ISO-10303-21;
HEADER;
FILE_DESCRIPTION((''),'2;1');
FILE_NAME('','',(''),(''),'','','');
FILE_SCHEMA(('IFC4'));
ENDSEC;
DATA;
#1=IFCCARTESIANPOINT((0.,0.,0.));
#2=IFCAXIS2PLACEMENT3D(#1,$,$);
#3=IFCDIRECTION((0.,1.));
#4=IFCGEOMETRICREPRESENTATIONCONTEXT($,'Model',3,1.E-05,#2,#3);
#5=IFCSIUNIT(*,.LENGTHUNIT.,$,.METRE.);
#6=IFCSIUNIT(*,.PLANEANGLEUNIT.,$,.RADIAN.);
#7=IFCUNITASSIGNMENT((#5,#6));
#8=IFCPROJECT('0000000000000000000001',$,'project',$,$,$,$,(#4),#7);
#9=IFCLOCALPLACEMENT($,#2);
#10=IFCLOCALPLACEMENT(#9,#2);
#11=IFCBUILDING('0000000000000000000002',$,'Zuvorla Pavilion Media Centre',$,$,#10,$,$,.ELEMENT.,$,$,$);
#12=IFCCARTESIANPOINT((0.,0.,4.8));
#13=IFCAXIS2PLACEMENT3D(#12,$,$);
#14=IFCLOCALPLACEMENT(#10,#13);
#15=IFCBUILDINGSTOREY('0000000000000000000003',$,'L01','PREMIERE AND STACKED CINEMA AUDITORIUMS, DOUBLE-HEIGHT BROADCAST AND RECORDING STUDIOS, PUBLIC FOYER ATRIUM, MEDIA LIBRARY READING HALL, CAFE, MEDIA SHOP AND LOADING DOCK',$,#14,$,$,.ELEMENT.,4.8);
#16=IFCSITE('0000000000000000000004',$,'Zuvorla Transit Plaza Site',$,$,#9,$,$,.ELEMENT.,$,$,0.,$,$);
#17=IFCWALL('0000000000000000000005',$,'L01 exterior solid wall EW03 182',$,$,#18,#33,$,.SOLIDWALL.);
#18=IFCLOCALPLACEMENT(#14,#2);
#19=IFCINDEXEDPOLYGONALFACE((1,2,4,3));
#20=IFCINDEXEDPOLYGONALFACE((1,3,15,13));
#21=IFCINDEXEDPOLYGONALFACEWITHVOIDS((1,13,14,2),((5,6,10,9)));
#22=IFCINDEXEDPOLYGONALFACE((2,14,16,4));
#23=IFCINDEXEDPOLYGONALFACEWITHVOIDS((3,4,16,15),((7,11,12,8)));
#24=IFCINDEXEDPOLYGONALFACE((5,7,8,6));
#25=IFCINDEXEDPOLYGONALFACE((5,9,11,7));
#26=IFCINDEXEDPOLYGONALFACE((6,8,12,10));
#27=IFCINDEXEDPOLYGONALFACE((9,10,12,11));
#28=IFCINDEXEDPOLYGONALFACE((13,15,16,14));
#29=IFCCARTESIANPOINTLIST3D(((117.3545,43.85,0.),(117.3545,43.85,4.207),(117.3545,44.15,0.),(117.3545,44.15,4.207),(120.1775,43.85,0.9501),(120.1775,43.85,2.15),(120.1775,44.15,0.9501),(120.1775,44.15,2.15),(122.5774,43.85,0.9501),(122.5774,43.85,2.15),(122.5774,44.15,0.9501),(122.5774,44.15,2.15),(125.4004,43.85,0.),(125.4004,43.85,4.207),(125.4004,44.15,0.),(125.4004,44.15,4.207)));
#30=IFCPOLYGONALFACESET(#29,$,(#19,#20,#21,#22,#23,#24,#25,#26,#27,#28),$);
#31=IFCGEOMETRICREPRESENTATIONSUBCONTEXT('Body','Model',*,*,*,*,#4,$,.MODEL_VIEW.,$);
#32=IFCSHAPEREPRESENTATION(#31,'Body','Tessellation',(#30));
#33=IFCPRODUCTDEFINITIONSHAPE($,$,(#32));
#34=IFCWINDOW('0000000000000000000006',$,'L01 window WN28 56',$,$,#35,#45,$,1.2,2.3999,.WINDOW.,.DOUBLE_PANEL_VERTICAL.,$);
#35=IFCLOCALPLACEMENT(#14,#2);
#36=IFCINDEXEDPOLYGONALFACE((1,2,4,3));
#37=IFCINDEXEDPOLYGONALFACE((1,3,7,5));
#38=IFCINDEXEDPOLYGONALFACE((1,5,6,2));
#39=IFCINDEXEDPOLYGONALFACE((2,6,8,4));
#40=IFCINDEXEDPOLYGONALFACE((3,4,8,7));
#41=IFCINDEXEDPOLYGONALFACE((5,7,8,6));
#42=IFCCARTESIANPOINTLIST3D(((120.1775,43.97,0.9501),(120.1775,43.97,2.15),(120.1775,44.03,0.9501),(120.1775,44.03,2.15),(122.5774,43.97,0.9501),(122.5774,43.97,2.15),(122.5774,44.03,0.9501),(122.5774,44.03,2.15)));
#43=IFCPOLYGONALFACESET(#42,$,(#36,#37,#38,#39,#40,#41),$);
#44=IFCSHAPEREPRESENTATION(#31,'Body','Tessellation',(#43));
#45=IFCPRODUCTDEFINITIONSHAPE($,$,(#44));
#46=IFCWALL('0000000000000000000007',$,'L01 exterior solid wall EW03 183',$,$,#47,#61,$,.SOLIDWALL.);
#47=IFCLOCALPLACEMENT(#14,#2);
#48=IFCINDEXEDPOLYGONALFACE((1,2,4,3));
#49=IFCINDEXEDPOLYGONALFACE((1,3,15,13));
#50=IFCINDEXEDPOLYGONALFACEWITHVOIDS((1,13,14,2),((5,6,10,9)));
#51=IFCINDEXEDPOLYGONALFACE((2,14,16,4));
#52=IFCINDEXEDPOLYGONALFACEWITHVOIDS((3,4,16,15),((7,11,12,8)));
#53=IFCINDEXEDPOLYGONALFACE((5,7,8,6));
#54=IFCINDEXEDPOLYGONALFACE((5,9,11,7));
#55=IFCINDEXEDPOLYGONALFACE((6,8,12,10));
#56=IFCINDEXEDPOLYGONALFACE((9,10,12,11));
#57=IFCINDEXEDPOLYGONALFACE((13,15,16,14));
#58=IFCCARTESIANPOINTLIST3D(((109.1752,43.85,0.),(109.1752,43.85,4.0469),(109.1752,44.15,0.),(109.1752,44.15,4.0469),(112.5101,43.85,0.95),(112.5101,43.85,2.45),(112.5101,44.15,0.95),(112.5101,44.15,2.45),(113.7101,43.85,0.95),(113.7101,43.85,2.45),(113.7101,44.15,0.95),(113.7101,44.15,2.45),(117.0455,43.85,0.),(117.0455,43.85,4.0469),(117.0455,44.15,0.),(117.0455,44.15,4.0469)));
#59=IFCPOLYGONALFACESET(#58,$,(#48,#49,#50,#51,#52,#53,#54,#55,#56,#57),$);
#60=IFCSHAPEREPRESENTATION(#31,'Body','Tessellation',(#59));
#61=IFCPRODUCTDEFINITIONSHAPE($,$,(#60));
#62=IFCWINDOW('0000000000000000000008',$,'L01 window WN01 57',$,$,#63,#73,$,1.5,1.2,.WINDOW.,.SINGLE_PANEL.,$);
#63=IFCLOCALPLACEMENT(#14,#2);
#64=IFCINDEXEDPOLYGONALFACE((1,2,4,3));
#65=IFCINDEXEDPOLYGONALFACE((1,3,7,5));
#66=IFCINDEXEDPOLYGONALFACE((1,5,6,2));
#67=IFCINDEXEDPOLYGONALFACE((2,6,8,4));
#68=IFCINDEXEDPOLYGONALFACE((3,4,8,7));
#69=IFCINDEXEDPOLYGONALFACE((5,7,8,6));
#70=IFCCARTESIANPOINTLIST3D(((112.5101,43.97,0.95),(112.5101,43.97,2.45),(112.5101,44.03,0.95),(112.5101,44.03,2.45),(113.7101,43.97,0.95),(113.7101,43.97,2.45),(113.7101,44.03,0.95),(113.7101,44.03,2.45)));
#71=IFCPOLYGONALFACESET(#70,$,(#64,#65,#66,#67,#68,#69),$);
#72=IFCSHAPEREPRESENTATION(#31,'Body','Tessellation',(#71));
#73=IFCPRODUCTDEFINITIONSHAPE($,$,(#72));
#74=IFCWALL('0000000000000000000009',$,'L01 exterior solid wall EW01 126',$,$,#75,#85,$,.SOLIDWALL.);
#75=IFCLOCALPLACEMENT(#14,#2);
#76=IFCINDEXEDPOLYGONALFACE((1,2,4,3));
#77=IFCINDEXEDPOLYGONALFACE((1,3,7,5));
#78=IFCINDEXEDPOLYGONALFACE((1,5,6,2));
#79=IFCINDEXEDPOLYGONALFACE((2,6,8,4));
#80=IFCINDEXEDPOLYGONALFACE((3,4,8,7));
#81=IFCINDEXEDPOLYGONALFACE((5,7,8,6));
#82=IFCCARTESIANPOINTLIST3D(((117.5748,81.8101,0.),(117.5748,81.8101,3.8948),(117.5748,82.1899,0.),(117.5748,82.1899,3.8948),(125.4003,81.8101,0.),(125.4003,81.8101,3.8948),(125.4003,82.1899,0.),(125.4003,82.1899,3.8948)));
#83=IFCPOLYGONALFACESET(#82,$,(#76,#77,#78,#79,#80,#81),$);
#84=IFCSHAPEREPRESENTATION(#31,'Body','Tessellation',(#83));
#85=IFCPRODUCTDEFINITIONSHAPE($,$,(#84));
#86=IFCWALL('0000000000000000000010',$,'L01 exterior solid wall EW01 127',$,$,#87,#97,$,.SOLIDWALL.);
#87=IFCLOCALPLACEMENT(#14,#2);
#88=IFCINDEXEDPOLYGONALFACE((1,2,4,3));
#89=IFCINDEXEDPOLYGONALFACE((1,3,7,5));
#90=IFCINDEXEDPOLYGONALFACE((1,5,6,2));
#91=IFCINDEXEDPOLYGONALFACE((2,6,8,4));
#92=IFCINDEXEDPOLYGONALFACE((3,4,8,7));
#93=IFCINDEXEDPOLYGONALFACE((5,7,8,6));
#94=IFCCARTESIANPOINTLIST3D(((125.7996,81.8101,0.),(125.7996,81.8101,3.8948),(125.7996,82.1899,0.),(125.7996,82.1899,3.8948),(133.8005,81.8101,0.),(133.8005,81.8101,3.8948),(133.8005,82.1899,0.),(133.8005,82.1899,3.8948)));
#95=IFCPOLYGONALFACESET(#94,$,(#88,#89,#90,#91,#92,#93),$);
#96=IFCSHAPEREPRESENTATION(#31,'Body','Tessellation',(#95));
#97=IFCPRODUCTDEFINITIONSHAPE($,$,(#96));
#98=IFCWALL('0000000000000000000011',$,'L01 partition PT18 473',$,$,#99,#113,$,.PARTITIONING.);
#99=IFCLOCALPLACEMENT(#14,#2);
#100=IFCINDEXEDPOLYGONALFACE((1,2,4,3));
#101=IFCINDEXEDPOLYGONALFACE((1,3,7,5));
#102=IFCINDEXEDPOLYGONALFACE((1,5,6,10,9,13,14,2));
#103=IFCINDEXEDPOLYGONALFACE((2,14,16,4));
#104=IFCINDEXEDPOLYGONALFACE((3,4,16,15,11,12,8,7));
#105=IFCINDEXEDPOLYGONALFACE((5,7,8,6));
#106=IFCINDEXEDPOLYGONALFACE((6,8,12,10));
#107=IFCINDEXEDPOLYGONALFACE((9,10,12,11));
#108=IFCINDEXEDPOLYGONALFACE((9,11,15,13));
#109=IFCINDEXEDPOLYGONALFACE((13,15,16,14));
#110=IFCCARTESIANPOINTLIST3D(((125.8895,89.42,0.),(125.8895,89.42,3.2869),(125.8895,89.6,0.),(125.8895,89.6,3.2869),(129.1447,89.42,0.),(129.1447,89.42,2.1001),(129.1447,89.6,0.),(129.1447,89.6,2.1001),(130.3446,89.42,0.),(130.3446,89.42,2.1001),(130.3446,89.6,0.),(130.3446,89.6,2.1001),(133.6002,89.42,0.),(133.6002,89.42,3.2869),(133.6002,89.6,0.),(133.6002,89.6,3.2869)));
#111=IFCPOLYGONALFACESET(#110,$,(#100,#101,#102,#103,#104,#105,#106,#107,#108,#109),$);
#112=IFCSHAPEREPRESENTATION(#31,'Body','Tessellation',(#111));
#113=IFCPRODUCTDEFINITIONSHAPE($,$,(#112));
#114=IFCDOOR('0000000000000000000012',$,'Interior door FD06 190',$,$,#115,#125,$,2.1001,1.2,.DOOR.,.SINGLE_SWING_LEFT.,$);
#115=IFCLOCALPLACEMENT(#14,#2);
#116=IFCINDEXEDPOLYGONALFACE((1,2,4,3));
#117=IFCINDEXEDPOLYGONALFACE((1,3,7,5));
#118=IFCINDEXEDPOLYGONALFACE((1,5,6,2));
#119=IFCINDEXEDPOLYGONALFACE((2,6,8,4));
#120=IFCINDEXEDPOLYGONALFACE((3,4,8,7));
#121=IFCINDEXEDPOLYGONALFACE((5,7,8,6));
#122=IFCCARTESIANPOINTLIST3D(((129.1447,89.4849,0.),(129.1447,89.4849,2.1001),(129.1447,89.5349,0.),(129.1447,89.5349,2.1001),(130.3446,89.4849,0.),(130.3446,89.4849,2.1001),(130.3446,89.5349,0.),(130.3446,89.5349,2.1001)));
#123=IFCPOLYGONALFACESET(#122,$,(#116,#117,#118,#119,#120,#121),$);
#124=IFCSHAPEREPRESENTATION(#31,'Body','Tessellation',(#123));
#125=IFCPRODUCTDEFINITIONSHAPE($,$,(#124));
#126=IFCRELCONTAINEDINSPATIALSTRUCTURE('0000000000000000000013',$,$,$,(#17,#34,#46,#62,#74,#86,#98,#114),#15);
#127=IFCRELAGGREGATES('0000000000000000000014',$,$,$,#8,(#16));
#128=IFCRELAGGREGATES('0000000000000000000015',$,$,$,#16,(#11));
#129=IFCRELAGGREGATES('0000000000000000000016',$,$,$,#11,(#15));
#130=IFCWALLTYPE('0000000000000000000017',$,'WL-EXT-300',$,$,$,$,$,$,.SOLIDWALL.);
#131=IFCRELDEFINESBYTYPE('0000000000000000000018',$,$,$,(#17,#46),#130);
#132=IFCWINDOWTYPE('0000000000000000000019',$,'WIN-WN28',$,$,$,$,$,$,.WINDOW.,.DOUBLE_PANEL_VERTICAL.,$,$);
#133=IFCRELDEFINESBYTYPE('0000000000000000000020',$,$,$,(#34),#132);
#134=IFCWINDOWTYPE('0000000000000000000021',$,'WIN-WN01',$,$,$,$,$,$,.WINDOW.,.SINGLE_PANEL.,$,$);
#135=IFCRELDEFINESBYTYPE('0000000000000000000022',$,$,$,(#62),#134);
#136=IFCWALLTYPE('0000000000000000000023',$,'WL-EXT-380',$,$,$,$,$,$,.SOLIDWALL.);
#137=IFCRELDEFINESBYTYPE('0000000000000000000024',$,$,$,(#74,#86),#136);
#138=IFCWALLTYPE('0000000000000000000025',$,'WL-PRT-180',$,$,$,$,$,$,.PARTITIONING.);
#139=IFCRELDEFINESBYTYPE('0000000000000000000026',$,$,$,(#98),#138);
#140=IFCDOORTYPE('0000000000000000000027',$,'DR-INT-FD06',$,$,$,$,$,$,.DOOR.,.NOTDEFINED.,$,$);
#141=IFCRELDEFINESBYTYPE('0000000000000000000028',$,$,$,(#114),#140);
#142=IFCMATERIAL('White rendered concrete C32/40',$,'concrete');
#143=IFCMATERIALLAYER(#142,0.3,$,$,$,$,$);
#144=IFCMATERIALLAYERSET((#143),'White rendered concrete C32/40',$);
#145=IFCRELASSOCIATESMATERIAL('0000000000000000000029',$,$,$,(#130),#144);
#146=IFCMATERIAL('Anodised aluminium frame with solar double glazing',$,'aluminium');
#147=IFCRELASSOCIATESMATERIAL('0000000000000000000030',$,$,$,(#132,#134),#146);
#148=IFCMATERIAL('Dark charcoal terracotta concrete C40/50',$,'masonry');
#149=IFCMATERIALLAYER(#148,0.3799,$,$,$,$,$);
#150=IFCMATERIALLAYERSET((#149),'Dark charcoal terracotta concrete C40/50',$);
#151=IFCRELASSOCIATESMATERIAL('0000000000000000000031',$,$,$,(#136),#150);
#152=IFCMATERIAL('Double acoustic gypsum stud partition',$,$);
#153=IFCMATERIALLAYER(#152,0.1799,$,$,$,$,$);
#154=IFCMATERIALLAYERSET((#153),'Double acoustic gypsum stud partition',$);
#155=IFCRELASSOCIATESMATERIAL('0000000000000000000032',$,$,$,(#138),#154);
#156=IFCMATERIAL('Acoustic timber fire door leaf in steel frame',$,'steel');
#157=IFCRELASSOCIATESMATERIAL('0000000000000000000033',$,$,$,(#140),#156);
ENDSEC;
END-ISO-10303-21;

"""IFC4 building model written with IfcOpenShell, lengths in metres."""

from ifc_helpers import new_model, si_unit, direction, frame, frame_2d, origin, place, context, subcontext, project, spatial, rectangle, extrude, material, layer, layer_set, type_object, element, fill, save


model = new_model("IFC4")

# Units and contexts
model_context = context("Model", 3, precision=1e-05, world=origin(), true_north=direction((0.0, 1.0)))
body_context = subcontext(model_context, "Body", "Model", "MODEL_VIEW")
ifc_project = project(units=[si_unit("LENGTHUNIT", "METRE"), si_unit("PLANEANGLEUNIT", "RADIAN")], contexts=[model_context])

# Site, building, storey
site_placement = place(None, origin())
site = spatial("IfcSite", under=ifc_project, at=site_placement, Name="Zuvorla Transit Plaza Site", CompositionType="ELEMENT", RefElevation=0.0)
building_placement = place(site_placement, origin())
building = spatial("IfcBuilding", under=site, at=building_placement, Name="Zuvorla Pavilion Media Centre", CompositionType="ELEMENT")
storey_placement = place(building_placement, frame((0.0, 0.0, 4.8)))
storey = spatial("IfcBuildingStorey", under=building, at=storey_placement, Name="L01", Description="PREMIERE AND STACKED CINEMA AUDITORIUMS, DOUBLE-HEIGHT BROADCAST AND RECORDING STUDIOS, PUBLIC FOYER ATRIUM, MEDIA LIBRARY READING HALL, CAFE, MEDIA SHOP AND LOADING DOCK", CompositionType="ELEMENT", Elevation=4.8)

# Walls, openings, windows
ifc_material_1 = material(Name="White rendered concrete C32/40", Category="concrete")
ifc_layer_1 = layer(ifc_material_1, 0.3)
ifc_layer_set_1 = layer_set([ifc_layer_1], Name="White rendered concrete C32/40")
wall_type_1 = type_object("IfcWallType", Name="WL-EXT-300", PredefinedType="SOLIDWALL", material=ifc_layer_set_1)
ifc_material_2 = material(Name="Anodised aluminium frame with solar double glazing", Category="aluminium")
wall_1_placement = place(storey_placement, frame((125.4004, 44.0, 0.0), z_axis=(0.0, 0.0, 1.0), x_axis=(-1.0, 0.0, 0.0)))
wall_1 = element("IfcWall", 1, at=wall_1_placement, inside=storey, type_object=wall_type_1, Name="L01 exterior solid wall EW03 182", PredefinedType="SOLIDWALL", context=body_context, shape_type="SweptSolid", body=[
    extrude(rectangle(XDim=8.0459, YDim=0.3, at=frame_2d((4.0229, 0.0))), origin(), (0.0, 0.0, 1.0), 4.207),
])
opening_1_placement = place(wall_1_placement, frame((2.823, 0.0, 0.95)))
opening_1 = element("IfcOpeningElement", 2, at=opening_1_placement, cuts=wall_1, PredefinedType="OPENING", context=body_context, shape_type="SweptSolid", body=[
    extrude(rectangle(XDim=2.3999, YDim=1.2, at=frame_2d((1.2, 0.6001))), frame((0.0, 0.1599, 0.0), z_axis=(0.0, -1.0, 0.0), x_axis=(1.0, 0.0, 0.0)), (0.0, 0.0, 1.0), 0.3201),
])
window_type_1 = type_object("IfcWindowType", Name="WIN-WN28", PartitioningType="DOUBLE_PANEL_VERTICAL", PredefinedType="WINDOW", material=ifc_material_2)
window_1_placement = place(opening_1_placement, origin())
window_1 = element("IfcWindow", 3, at=window_1_placement, inside=storey, type_object=window_type_1, Name="L01 window WN28 56", OverallHeight=1.2, OverallWidth=2.3999, PartitioningType="DOUBLE_PANEL_VERTICAL", PredefinedType="WINDOW", context=body_context, shape_type="SweptSolid", body=[
    extrude(rectangle(XDim=2.3999, YDim=1.2, at=frame_2d((1.2, 0.6001))), frame((0.0, 0.03, 0.0), z_axis=(0.0, -1.0, 0.0), x_axis=(1.0, 0.0, 0.0)), (0.0, 0.0, 1.0), 0.0601),
])
fill(opening_1, window_1)
wall_2_placement = place(storey_placement, frame((117.0454, 44.0, 0.0), z_axis=(0.0, 0.0, 1.0), x_axis=(-1.0, 0.0, 0.0)))
wall_2 = element("IfcWall", 4, at=wall_2_placement, inside=storey, type_object=wall_type_1, Name="L01 exterior solid wall EW03 183", PredefinedType="SOLIDWALL", context=body_context, shape_type="SweptSolid", body=[
    extrude(rectangle(XDim=7.8704, YDim=0.3, at=frame_2d((3.9351, 0.0))), origin(), (0.0, 0.0, 1.0), 4.0469),
])
opening_2_placement = place(wall_2_placement, frame((3.3352, 0.0, 0.95)))
opening_2 = element("IfcOpeningElement", 5, at=opening_2_placement, cuts=wall_2, PredefinedType="OPENING", context=body_context, shape_type="SweptSolid", body=[
    extrude(rectangle(XDim=1.2, YDim=1.5, at=frame_2d((0.6001, 0.75))), frame((0.0, 0.1599, 0.0), z_axis=(0.0, -1.0, 0.0), x_axis=(1.0, 0.0, 0.0)), (0.0, 0.0, 1.0), 0.3201),
])
window_type_2 = type_object("IfcWindowType", Name="WIN-WN01", PartitioningType="SINGLE_PANEL", PredefinedType="WINDOW", material=ifc_material_2)
window_2_placement = place(opening_2_placement, origin())
window_2 = element("IfcWindow", 6, at=window_2_placement, inside=storey, type_object=window_type_2, Name="L01 window WN01 57", OverallHeight=1.5, OverallWidth=1.2, PartitioningType="SINGLE_PANEL", PredefinedType="WINDOW", context=body_context, shape_type="SweptSolid", body=[
    extrude(rectangle(XDim=1.2, YDim=1.5, at=frame_2d((0.6001, 0.75))), frame((0.0, 0.03, 0.0), z_axis=(0.0, -1.0, 0.0), x_axis=(1.0, 0.0, 0.0)), (0.0, 0.0, 1.0), 0.0601),
])
fill(opening_2, window_2)

# Walls
ifc_material_3 = material(Name="Dark charcoal terracotta concrete C40/50", Category="masonry")
ifc_layer_2 = layer(ifc_material_3, 0.3799)
ifc_layer_set_2 = layer_set([ifc_layer_2], Name="Dark charcoal terracotta concrete C40/50")
wall_type_2 = type_object("IfcWallType", Name="WL-EXT-380", PredefinedType="SOLIDWALL", material=ifc_layer_set_2)
wall_3_placement = place(storey_placement, frame((117.575, 82.0, 0.0), z_axis=(0.0, 0.0, 1.0), x_axis=(1.0, 0.0, 0.0)))
element("IfcWall", 7, at=wall_3_placement, inside=storey, type_object=wall_type_2, Name="L01 exterior solid wall EW01 126", PredefinedType="SOLIDWALL", context=body_context, shape_type="SweptSolid", body=[
    extrude(rectangle(XDim=7.8254, YDim=0.3799, at=frame_2d((3.9126, 0.0))), origin(), (0.0, 0.0, 1.0), 3.8948),
])
wall_4_placement = place(storey_placement, frame((125.7996, 82.0, 0.0), z_axis=(0.0, 0.0, 1.0), x_axis=(1.0, 0.0, 0.0)))
element("IfcWall", 8, at=wall_4_placement, inside=storey, type_object=wall_type_2, Name="L01 exterior solid wall EW01 127", PredefinedType="SOLIDWALL", context=body_context, shape_type="SweptSolid", body=[
    extrude(rectangle(XDim=8.001, YDim=0.3799, at=frame_2d((4.0005, 0.0))), origin(), (0.0, 0.0, 1.0), 3.8948),
])

# Wall, opening, door
ifc_material_4 = material(Name="Double acoustic gypsum stud partition")
ifc_layer_3 = layer(ifc_material_4, 0.1799)
ifc_layer_set_3 = layer_set([ifc_layer_3], Name="Double acoustic gypsum stud partition")
wall_type_3 = type_object("IfcWallType", Name="WL-PRT-180", PredefinedType="PARTITIONING", material=ifc_layer_set_3)
wall_5_placement = place(storey_placement, frame((125.8894, 89.51, 0.0), z_axis=(0.0, 0.0, 1.0), x_axis=(1.0, 0.0, 0.0)))
wall_5 = element("IfcWall", 9, at=wall_5_placement, inside=storey, type_object=wall_type_3, Name="L01 partition PT18 473", PredefinedType="PARTITIONING", context=body_context, shape_type="SweptSolid", body=[
    extrude(rectangle(XDim=7.7107, YDim=0.1799, at=frame_2d((3.8555, 0.0))), origin(), (0.0, 0.0, 1.0), 3.2869),
])
opening_3_placement = place(wall_5_placement, frame((3.2551, 0.0, 0.0)))
opening_3 = element("IfcOpeningElement", 10, at=opening_3_placement, cuts=wall_5, PredefinedType="OPENING", context=body_context, shape_type="SweptSolid", body=[
    extrude(rectangle(XDim=1.2, YDim=2.1001, at=frame_2d((0.6001, 1.05))), frame((0.0, 0.0999, 0.0), z_axis=(0.0, -1.0, 0.0), x_axis=(1.0, 0.0, 0.0)), (0.0, 0.0, 1.0), 0.2),
])
ifc_material_5 = material(Name="Acoustic timber fire door leaf in steel frame", Category="steel")
door_type = type_object("IfcDoorType", Name="DR-INT-FD06", OperationType="NOTDEFINED", PredefinedType="DOOR", material=ifc_material_5)
door_placement = place(opening_3_placement, origin())
door = element("IfcDoor", 11, at=door_placement, inside=storey, type_object=door_type, Name="Interior door FD06 190", OperationType="SINGLE_SWING_LEFT", OverallHeight=2.1001, OverallWidth=1.2, PredefinedType="DOOR", context=body_context, shape_type="SweptSolid", body=[
    extrude(rectangle(XDim=1.2, YDim=2.1001, at=frame_2d((0.6001, 1.05))), frame((0.0, 0.0249, 0.0), z_axis=(0.0, -1.0, 0.0), x_axis=(1.0, 0.0, 0.0)), (0.0, 0.0, 1.0), 0.05),
])
fill(opening_3, door)

save(model, "model.ifc")
